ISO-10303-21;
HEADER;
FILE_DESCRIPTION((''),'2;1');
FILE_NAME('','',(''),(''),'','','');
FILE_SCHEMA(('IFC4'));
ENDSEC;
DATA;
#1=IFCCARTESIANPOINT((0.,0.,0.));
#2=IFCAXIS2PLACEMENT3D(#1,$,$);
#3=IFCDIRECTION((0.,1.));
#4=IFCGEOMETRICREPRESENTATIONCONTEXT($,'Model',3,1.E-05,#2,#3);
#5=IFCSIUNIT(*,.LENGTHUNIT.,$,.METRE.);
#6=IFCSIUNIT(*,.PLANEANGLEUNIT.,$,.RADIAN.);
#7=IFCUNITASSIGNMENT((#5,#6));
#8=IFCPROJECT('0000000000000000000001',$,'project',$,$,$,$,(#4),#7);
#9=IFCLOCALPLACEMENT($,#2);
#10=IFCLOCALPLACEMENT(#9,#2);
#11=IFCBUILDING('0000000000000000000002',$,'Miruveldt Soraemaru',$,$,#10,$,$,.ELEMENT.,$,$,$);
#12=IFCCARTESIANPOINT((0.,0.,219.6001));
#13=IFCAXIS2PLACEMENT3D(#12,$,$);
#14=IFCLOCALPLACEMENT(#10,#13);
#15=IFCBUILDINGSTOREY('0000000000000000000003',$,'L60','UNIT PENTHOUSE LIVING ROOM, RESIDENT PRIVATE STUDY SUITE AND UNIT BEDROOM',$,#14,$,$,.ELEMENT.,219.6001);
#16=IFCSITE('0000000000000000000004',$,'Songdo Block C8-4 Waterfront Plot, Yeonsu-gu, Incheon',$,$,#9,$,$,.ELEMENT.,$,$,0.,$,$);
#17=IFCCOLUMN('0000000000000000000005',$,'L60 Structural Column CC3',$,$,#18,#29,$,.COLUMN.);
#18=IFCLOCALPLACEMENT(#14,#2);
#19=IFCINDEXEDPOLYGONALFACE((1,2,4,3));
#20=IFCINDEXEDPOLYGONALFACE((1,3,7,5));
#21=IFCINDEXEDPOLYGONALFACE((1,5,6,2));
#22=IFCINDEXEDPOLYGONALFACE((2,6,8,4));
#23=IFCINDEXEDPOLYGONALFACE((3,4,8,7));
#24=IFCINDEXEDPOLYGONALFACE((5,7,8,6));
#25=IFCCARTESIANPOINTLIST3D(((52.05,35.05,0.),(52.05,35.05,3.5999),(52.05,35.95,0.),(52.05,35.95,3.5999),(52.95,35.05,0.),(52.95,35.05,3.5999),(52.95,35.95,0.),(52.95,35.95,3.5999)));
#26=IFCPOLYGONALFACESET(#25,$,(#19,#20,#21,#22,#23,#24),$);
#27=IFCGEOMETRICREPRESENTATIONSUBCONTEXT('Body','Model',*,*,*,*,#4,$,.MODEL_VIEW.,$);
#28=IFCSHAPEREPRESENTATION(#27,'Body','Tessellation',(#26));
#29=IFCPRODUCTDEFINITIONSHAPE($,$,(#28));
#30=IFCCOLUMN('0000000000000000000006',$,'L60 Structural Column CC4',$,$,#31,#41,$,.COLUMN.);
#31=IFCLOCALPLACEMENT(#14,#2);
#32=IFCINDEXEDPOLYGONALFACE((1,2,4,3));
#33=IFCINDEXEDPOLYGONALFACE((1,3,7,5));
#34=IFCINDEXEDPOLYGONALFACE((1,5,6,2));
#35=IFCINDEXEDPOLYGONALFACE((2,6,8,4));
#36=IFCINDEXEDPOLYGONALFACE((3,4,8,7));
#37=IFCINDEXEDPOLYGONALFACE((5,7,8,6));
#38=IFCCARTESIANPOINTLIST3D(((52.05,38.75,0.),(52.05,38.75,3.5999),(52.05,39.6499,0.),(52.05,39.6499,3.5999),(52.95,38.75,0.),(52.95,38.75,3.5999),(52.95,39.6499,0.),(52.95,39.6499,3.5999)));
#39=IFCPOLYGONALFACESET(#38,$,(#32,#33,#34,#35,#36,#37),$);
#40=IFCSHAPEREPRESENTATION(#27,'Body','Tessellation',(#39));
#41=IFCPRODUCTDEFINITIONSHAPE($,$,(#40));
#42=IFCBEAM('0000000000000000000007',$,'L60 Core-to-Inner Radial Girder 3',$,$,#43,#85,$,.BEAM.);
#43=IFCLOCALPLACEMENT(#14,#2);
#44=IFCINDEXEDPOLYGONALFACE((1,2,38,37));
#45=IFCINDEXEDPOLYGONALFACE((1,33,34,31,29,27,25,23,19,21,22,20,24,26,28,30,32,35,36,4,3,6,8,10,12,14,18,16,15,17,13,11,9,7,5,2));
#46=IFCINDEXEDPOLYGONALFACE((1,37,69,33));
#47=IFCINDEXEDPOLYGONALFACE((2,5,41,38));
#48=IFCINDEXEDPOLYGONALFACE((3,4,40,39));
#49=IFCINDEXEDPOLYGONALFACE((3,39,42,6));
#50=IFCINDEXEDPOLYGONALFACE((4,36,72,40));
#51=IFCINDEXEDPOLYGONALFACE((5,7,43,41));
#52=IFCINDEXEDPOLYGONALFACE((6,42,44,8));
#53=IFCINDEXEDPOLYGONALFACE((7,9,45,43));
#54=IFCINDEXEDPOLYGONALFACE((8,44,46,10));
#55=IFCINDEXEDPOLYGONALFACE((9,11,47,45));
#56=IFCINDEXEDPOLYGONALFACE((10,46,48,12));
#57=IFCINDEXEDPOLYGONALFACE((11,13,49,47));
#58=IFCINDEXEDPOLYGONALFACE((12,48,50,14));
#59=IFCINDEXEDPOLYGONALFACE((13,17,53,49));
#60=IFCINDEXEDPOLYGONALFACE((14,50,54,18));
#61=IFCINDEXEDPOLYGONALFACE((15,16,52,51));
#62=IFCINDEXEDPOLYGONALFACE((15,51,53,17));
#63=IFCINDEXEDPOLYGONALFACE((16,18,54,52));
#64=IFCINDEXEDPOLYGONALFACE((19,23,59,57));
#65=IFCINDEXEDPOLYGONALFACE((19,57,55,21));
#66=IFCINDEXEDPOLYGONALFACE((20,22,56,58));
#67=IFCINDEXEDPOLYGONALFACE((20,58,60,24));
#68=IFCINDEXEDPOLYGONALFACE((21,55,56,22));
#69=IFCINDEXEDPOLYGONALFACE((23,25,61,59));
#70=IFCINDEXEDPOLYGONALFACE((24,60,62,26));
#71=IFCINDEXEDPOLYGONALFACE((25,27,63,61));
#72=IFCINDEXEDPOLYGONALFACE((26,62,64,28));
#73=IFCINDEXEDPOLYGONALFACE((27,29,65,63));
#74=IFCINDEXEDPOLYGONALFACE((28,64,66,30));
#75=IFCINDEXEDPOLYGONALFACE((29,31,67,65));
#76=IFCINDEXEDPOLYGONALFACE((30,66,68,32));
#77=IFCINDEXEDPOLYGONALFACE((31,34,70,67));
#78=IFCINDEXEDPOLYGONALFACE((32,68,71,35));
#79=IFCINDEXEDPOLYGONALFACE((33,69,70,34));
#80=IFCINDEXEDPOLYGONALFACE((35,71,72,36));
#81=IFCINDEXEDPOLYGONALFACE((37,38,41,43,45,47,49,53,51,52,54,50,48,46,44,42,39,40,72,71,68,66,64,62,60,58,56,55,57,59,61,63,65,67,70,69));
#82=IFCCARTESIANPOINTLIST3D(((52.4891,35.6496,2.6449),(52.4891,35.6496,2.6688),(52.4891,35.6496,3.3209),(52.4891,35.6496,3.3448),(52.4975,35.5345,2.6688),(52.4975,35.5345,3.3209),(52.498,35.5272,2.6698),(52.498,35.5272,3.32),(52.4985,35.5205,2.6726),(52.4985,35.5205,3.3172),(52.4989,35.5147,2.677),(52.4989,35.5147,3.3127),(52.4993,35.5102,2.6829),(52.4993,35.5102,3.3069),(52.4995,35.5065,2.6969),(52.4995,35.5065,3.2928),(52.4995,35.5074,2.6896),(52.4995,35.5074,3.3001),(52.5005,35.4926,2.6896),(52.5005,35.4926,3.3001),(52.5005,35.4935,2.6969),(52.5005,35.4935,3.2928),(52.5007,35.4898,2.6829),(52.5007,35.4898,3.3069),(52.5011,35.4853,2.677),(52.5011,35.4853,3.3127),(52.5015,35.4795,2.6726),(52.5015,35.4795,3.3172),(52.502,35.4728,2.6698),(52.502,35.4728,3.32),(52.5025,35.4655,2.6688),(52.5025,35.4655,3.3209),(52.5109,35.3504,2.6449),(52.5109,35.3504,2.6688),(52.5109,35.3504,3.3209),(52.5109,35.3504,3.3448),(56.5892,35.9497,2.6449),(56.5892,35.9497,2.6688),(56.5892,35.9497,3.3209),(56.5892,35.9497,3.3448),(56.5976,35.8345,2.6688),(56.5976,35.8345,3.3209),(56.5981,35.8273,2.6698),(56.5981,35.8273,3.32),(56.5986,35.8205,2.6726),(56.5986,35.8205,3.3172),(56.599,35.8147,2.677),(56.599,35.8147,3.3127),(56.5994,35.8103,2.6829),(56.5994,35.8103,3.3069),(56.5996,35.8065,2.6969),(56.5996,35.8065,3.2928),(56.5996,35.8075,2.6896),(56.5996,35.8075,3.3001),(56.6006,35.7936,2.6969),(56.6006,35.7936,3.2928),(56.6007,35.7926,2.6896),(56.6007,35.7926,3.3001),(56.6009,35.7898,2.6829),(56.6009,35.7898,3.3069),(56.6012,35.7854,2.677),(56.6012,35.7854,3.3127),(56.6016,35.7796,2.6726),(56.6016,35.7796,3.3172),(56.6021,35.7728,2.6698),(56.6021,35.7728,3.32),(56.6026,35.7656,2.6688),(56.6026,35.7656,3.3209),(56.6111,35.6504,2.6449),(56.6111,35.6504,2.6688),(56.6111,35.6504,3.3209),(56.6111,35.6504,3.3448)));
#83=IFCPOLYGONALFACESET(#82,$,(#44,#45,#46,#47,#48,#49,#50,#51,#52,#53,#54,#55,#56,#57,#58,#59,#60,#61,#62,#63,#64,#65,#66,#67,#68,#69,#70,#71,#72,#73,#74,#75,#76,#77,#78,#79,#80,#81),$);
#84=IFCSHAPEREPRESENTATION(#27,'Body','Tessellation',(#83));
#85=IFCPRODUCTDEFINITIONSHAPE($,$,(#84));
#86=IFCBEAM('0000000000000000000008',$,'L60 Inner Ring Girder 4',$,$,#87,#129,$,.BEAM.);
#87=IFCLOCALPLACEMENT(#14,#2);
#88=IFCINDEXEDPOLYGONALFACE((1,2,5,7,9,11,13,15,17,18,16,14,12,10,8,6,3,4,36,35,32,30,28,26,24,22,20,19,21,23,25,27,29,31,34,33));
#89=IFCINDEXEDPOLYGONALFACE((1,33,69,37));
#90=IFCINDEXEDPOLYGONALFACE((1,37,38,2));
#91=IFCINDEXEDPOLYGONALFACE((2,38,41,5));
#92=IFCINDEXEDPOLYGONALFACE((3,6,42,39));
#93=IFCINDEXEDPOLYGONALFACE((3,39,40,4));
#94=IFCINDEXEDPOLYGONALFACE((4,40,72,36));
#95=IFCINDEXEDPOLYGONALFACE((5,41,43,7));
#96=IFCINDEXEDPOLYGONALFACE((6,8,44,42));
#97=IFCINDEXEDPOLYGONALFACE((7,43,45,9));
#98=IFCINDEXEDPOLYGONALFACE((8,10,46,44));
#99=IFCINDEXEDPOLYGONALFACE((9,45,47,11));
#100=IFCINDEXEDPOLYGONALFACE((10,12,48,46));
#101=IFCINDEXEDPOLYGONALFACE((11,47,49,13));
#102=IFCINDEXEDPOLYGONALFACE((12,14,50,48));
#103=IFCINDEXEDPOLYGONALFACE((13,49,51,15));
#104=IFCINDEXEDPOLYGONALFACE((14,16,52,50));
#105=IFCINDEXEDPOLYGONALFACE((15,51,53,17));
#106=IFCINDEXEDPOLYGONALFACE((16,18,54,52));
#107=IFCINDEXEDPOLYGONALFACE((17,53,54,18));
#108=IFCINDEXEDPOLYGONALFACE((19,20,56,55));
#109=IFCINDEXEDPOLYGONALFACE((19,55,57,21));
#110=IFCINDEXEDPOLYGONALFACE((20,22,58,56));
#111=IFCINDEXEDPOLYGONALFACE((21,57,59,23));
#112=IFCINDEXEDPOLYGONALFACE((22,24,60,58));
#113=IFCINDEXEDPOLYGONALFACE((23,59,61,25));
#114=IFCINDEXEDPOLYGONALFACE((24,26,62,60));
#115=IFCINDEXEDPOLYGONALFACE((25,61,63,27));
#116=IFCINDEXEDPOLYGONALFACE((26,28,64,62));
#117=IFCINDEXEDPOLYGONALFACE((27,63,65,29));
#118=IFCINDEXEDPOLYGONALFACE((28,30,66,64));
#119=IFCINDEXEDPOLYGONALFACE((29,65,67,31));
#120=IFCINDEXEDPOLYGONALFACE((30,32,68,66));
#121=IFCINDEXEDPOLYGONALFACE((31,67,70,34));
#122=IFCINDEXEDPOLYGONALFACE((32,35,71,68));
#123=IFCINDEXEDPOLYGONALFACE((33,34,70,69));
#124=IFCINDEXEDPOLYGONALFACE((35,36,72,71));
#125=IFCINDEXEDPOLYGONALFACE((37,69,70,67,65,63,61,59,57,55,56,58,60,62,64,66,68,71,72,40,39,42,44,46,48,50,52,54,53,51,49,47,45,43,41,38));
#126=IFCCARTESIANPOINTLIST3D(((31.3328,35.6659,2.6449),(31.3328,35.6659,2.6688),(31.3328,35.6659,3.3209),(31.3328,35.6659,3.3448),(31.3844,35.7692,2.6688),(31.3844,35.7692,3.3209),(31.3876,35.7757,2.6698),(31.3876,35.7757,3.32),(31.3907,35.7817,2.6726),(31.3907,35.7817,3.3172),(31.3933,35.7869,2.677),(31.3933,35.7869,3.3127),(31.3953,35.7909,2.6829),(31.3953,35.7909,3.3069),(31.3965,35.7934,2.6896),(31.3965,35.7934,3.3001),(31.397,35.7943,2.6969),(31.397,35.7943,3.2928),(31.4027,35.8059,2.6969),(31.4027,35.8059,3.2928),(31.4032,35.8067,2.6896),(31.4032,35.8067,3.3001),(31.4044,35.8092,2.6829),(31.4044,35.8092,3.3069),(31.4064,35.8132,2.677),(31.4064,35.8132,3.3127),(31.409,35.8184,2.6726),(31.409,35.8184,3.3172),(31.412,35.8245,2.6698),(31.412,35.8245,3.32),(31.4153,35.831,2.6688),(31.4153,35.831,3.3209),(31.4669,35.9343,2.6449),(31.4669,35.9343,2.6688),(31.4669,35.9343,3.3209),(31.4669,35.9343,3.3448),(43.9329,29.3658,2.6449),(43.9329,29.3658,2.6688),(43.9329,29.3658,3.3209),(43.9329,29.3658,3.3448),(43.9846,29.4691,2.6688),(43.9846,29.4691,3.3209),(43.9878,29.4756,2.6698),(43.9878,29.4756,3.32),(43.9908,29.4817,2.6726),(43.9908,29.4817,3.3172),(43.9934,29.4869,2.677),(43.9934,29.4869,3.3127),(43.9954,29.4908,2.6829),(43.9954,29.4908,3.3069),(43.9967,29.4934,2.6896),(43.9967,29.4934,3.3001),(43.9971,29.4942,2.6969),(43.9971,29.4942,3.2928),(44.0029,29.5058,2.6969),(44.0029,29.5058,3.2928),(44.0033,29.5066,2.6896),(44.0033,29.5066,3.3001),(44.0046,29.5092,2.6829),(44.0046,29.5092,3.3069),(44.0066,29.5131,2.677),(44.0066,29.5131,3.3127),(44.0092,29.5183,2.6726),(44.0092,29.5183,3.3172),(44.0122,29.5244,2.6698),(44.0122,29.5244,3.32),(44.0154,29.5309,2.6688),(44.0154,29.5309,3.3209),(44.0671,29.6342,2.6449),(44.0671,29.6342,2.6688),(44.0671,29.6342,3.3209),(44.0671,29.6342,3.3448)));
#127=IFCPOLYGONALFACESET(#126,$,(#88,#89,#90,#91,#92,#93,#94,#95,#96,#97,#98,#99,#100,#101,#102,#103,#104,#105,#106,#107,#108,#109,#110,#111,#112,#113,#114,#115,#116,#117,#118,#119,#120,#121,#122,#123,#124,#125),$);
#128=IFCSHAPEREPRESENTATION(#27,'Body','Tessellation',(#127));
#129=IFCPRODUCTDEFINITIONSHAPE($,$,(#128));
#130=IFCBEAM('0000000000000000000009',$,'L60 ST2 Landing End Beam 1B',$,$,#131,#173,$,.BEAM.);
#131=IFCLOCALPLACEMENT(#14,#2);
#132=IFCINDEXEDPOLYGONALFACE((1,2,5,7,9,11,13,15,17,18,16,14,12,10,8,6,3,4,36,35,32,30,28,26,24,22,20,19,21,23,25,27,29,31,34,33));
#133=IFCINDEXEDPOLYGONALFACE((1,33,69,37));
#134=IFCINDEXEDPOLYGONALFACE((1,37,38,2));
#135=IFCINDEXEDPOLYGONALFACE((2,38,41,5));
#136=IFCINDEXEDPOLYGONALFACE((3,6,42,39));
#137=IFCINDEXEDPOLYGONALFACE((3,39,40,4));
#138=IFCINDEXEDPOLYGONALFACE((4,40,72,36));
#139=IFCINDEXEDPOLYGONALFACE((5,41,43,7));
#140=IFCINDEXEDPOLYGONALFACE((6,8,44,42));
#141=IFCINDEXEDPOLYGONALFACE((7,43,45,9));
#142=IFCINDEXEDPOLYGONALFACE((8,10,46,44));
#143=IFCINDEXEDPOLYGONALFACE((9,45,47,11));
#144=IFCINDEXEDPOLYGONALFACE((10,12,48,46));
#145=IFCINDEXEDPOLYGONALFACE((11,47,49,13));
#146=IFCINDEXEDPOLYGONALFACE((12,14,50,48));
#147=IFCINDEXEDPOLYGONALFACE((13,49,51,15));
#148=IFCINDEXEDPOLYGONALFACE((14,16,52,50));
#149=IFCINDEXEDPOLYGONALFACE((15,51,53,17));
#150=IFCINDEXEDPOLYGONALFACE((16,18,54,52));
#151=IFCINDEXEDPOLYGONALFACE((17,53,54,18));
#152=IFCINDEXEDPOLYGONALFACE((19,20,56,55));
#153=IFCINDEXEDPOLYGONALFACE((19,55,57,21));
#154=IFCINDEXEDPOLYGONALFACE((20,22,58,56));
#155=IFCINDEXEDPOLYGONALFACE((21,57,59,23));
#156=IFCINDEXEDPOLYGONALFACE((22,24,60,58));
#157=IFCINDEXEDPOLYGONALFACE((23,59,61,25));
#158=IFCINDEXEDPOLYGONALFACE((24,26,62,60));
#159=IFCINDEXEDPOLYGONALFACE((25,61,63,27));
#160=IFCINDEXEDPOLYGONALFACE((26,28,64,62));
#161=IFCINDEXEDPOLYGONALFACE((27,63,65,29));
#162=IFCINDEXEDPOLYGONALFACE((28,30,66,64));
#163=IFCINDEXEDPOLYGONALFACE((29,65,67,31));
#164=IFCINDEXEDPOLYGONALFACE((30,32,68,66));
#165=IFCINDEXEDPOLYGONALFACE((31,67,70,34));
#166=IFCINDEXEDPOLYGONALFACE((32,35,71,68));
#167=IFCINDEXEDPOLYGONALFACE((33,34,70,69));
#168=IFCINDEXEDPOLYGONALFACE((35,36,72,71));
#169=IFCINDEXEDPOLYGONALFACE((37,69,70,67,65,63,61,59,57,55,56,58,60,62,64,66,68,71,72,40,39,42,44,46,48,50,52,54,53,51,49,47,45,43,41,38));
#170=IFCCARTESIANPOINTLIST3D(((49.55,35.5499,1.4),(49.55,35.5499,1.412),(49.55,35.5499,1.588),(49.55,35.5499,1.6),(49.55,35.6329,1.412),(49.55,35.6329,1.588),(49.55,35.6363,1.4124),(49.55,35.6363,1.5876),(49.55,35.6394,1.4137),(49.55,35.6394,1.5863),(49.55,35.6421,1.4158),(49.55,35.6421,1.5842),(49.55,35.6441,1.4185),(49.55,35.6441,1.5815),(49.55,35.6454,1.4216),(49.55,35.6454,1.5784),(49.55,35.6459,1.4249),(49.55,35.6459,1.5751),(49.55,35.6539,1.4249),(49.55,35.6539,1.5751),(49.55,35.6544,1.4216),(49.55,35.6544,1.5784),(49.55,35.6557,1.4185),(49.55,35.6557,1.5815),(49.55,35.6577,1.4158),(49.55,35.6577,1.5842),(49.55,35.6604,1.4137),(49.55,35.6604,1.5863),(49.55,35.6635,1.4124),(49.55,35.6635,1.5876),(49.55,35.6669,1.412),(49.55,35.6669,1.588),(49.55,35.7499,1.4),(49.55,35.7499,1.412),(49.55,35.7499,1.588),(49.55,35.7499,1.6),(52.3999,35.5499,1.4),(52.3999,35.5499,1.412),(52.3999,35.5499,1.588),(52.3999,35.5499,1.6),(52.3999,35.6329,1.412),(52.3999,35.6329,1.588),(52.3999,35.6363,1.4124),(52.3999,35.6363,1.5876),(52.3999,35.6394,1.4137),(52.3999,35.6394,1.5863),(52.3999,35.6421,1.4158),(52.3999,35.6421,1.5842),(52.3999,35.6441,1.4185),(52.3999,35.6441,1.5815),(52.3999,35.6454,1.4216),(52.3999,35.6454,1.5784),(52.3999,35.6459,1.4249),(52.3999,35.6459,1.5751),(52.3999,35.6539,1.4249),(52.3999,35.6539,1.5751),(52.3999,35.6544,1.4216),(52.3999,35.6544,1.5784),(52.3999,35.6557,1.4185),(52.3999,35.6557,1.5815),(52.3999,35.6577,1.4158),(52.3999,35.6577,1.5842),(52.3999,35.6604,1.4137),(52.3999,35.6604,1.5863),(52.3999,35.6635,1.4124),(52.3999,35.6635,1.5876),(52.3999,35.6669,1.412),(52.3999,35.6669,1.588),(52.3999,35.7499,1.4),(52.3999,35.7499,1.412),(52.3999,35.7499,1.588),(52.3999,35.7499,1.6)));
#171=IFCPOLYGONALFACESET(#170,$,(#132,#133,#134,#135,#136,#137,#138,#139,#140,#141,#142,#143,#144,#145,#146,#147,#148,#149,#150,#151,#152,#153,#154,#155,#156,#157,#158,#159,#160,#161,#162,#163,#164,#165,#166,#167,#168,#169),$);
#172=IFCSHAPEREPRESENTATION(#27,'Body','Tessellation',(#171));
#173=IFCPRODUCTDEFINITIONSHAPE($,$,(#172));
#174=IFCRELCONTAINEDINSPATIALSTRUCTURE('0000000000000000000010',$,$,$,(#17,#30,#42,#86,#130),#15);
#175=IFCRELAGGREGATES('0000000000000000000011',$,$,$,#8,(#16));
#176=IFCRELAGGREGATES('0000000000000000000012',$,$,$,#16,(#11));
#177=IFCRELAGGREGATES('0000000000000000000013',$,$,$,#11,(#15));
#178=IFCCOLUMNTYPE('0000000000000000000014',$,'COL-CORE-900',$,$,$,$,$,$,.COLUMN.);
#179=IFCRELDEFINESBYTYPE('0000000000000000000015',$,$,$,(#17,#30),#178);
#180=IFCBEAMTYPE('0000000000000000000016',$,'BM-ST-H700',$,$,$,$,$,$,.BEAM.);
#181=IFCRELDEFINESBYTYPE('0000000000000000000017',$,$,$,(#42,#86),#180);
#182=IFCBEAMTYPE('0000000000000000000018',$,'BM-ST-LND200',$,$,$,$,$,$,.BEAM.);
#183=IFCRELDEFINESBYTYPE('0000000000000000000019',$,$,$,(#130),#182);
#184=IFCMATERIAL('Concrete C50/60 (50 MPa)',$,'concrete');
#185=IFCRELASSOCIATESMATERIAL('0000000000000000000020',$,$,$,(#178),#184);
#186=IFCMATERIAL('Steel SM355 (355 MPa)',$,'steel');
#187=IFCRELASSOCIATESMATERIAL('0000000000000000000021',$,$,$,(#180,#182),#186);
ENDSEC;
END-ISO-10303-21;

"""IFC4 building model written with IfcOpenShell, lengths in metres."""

from ifc_helpers import new_model, si_unit, direction, frame, origin, origin_2d, place, context, subcontext, project, spatial, rectangle, i_section, extrude, material, material_profile, profile_set, type_object, element, save


model = new_model("IFC4")

# Units and contexts
model_context = context("Model", 3, precision=1e-05, world=origin(), true_north=direction((0.0, 1.0)))
body_context = subcontext(model_context, "Body", "Model", "MODEL_VIEW")
ifc_project = project(units=[si_unit("LENGTHUNIT", "METRE"), si_unit("PLANEANGLEUNIT", "RADIAN")], contexts=[model_context])

# Site, building, storey
site_placement = place(None, origin())
site = spatial("IfcSite", under=ifc_project, at=site_placement, Name="Songdo Block C8-4 Waterfront Plot, Yeonsu-gu, Incheon", CompositionType="ELEMENT", RefElevation=0.0)
building_placement = place(site_placement, origin())
building = spatial("IfcBuilding", under=site, at=building_placement, Name="Miruveldt Soraemaru", CompositionType="ELEMENT")
storey_placement = place(building_placement, frame((0.0, 0.0, 219.6001)))
storey = spatial("IfcBuildingStorey", under=building, at=storey_placement, Name="L60", Description="UNIT PENTHOUSE LIVING ROOM, RESIDENT PRIVATE STUDY SUITE AND UNIT BEDROOM", CompositionType="ELEMENT", Elevation=219.6001)

# Columns
ifc_material_1 = material(Name="Concrete C50/60 (50 MPa)", Category="concrete")
ifc_material_profile_1 = material_profile(ifc_material_1, rectangle(XDim=0.8999, YDim=0.8999, at=origin_2d()), Name="Concrete C50/60 (50 MPa)", Category="concrete")
ifc_profile_set_1 = profile_set([ifc_material_profile_1], Name="Concrete C50/60 (50 MPa)")
column_type = type_object("IfcColumnType", Name="COL-CORE-900", PredefinedType="COLUMN", material=ifc_profile_set_1)
for number, where, z_axis, x_axis, name in (
    (1, (52.5, 35.5, 0.0), (0.0, 0.0, 1.0), (1.0, 0.0, 0.0), "L60 Structural Column CC3"),
    (2, (52.5, 39.2, 0.0), (0.0, 0.0, 1.0), (1.0, 0.0, 0.0), "L60 Structural Column CC4"),
):
    element("IfcColumn", number, at=place(storey_placement, frame(where, z_axis=z_axis, x_axis=x_axis)), inside=storey, type_object=column_type, Name=name, PredefinedType="COLUMN", context=body_context, shape_type="SweptSolid", body=[
        extrude(rectangle(XDim=0.8999, YDim=0.8999, at=origin_2d()), origin(), (0.0, 0.0, 1.0), 3.5999),
    ])

# Beams
ifc_material_2 = material(Name="Steel SM355 (355 MPa)", Category="steel")
ifc_material_profile_2 = material_profile(ifc_material_2, i_section(OverallWidth=0.3, OverallDepth=0.7, WebThickness=0.0129, FlangeThickness=0.0239, FilletRadius=0.0281, at=origin_2d()), Name="Steel SM355 (355 MPa)", Category="steel")
ifc_profile_set_2 = profile_set([ifc_material_profile_2], Name="Steel SM355 (355 MPa)")
beam_type_1 = type_object("IfcBeamType", Name="BM-ST-H700", PredefinedType="BEAM", material=ifc_profile_set_2)
beam_1_placement = place(storey_placement, frame((52.5, 35.5, 2.9949), z_axis=(0.997333, 0.072986, 0.0), x_axis=(-0.072986, 0.997333, 0.0)))
element("IfcBeam", 3, at=beam_1_placement, inside=storey, type_object=beam_type_1, Name="L60 Core-to-Inner Radial Girder 3", PredefinedType="BEAM", context=body_context, shape_type="SweptSolid", body=[
    extrude(i_section(OverallWidth=0.3, OverallDepth=0.7, WebThickness=0.0129, FlangeThickness=0.0239, FilletRadius=0.0281, at=origin_2d()), origin(), (0.0, 0.0, 1.0), 4.1111),
])
beam_2_placement = place(storey_placement, frame((44.0, 29.5, 2.9949), z_axis=(-0.894427, 0.447214, 0.0), x_axis=(-0.447214, -0.894427, 0.0)))
element("IfcBeam", 4, at=beam_2_placement, inside=storey, type_object=beam_type_1, Name="L60 Inner Ring Girder 4", PredefinedType="BEAM", context=body_context, shape_type="SweptSolid", body=[
    extrude(i_section(OverallWidth=0.3, OverallDepth=0.7, WebThickness=0.0129, FlangeThickness=0.0239, FilletRadius=0.0281, at=origin_2d()), origin(), (0.0, 0.0, 1.0), 14.0874),
])
ifc_material_profile_3 = material_profile(ifc_material_2, i_section(OverallWidth=0.2, OverallDepth=0.2, WebThickness=0.0081, FlangeThickness=0.012, FilletRadius=0.0129, at=origin_2d()), Name="Steel SM355 (355 MPa)", Category="steel")
ifc_profile_set_3 = profile_set([ifc_material_profile_3], Name="Steel SM355 (355 MPa)")
beam_type_2 = type_object("IfcBeamType", Name="BM-ST-LND200", PredefinedType="BEAM", material=ifc_profile_set_3)
beam_3_placement = place(storey_placement, frame((49.55, 35.6499, 1.5), z_axis=(1.0, 0.0, 0.0), x_axis=(0.0, 1.0, 0.0)))
element("IfcBeam", 5, at=beam_3_placement, inside=storey, type_object=beam_type_2, Name="L60 ST2 Landing End Beam 1B", PredefinedType="BEAM", context=body_context, shape_type="SweptSolid", body=[
    extrude(i_section(OverallWidth=0.2, OverallDepth=0.2, WebThickness=0.0081, FlangeThickness=0.012, FilletRadius=0.0129, at=origin_2d()), origin(), (0.0, 0.0, 1.0), 2.8499),
])

save(model, "model.ifc")
